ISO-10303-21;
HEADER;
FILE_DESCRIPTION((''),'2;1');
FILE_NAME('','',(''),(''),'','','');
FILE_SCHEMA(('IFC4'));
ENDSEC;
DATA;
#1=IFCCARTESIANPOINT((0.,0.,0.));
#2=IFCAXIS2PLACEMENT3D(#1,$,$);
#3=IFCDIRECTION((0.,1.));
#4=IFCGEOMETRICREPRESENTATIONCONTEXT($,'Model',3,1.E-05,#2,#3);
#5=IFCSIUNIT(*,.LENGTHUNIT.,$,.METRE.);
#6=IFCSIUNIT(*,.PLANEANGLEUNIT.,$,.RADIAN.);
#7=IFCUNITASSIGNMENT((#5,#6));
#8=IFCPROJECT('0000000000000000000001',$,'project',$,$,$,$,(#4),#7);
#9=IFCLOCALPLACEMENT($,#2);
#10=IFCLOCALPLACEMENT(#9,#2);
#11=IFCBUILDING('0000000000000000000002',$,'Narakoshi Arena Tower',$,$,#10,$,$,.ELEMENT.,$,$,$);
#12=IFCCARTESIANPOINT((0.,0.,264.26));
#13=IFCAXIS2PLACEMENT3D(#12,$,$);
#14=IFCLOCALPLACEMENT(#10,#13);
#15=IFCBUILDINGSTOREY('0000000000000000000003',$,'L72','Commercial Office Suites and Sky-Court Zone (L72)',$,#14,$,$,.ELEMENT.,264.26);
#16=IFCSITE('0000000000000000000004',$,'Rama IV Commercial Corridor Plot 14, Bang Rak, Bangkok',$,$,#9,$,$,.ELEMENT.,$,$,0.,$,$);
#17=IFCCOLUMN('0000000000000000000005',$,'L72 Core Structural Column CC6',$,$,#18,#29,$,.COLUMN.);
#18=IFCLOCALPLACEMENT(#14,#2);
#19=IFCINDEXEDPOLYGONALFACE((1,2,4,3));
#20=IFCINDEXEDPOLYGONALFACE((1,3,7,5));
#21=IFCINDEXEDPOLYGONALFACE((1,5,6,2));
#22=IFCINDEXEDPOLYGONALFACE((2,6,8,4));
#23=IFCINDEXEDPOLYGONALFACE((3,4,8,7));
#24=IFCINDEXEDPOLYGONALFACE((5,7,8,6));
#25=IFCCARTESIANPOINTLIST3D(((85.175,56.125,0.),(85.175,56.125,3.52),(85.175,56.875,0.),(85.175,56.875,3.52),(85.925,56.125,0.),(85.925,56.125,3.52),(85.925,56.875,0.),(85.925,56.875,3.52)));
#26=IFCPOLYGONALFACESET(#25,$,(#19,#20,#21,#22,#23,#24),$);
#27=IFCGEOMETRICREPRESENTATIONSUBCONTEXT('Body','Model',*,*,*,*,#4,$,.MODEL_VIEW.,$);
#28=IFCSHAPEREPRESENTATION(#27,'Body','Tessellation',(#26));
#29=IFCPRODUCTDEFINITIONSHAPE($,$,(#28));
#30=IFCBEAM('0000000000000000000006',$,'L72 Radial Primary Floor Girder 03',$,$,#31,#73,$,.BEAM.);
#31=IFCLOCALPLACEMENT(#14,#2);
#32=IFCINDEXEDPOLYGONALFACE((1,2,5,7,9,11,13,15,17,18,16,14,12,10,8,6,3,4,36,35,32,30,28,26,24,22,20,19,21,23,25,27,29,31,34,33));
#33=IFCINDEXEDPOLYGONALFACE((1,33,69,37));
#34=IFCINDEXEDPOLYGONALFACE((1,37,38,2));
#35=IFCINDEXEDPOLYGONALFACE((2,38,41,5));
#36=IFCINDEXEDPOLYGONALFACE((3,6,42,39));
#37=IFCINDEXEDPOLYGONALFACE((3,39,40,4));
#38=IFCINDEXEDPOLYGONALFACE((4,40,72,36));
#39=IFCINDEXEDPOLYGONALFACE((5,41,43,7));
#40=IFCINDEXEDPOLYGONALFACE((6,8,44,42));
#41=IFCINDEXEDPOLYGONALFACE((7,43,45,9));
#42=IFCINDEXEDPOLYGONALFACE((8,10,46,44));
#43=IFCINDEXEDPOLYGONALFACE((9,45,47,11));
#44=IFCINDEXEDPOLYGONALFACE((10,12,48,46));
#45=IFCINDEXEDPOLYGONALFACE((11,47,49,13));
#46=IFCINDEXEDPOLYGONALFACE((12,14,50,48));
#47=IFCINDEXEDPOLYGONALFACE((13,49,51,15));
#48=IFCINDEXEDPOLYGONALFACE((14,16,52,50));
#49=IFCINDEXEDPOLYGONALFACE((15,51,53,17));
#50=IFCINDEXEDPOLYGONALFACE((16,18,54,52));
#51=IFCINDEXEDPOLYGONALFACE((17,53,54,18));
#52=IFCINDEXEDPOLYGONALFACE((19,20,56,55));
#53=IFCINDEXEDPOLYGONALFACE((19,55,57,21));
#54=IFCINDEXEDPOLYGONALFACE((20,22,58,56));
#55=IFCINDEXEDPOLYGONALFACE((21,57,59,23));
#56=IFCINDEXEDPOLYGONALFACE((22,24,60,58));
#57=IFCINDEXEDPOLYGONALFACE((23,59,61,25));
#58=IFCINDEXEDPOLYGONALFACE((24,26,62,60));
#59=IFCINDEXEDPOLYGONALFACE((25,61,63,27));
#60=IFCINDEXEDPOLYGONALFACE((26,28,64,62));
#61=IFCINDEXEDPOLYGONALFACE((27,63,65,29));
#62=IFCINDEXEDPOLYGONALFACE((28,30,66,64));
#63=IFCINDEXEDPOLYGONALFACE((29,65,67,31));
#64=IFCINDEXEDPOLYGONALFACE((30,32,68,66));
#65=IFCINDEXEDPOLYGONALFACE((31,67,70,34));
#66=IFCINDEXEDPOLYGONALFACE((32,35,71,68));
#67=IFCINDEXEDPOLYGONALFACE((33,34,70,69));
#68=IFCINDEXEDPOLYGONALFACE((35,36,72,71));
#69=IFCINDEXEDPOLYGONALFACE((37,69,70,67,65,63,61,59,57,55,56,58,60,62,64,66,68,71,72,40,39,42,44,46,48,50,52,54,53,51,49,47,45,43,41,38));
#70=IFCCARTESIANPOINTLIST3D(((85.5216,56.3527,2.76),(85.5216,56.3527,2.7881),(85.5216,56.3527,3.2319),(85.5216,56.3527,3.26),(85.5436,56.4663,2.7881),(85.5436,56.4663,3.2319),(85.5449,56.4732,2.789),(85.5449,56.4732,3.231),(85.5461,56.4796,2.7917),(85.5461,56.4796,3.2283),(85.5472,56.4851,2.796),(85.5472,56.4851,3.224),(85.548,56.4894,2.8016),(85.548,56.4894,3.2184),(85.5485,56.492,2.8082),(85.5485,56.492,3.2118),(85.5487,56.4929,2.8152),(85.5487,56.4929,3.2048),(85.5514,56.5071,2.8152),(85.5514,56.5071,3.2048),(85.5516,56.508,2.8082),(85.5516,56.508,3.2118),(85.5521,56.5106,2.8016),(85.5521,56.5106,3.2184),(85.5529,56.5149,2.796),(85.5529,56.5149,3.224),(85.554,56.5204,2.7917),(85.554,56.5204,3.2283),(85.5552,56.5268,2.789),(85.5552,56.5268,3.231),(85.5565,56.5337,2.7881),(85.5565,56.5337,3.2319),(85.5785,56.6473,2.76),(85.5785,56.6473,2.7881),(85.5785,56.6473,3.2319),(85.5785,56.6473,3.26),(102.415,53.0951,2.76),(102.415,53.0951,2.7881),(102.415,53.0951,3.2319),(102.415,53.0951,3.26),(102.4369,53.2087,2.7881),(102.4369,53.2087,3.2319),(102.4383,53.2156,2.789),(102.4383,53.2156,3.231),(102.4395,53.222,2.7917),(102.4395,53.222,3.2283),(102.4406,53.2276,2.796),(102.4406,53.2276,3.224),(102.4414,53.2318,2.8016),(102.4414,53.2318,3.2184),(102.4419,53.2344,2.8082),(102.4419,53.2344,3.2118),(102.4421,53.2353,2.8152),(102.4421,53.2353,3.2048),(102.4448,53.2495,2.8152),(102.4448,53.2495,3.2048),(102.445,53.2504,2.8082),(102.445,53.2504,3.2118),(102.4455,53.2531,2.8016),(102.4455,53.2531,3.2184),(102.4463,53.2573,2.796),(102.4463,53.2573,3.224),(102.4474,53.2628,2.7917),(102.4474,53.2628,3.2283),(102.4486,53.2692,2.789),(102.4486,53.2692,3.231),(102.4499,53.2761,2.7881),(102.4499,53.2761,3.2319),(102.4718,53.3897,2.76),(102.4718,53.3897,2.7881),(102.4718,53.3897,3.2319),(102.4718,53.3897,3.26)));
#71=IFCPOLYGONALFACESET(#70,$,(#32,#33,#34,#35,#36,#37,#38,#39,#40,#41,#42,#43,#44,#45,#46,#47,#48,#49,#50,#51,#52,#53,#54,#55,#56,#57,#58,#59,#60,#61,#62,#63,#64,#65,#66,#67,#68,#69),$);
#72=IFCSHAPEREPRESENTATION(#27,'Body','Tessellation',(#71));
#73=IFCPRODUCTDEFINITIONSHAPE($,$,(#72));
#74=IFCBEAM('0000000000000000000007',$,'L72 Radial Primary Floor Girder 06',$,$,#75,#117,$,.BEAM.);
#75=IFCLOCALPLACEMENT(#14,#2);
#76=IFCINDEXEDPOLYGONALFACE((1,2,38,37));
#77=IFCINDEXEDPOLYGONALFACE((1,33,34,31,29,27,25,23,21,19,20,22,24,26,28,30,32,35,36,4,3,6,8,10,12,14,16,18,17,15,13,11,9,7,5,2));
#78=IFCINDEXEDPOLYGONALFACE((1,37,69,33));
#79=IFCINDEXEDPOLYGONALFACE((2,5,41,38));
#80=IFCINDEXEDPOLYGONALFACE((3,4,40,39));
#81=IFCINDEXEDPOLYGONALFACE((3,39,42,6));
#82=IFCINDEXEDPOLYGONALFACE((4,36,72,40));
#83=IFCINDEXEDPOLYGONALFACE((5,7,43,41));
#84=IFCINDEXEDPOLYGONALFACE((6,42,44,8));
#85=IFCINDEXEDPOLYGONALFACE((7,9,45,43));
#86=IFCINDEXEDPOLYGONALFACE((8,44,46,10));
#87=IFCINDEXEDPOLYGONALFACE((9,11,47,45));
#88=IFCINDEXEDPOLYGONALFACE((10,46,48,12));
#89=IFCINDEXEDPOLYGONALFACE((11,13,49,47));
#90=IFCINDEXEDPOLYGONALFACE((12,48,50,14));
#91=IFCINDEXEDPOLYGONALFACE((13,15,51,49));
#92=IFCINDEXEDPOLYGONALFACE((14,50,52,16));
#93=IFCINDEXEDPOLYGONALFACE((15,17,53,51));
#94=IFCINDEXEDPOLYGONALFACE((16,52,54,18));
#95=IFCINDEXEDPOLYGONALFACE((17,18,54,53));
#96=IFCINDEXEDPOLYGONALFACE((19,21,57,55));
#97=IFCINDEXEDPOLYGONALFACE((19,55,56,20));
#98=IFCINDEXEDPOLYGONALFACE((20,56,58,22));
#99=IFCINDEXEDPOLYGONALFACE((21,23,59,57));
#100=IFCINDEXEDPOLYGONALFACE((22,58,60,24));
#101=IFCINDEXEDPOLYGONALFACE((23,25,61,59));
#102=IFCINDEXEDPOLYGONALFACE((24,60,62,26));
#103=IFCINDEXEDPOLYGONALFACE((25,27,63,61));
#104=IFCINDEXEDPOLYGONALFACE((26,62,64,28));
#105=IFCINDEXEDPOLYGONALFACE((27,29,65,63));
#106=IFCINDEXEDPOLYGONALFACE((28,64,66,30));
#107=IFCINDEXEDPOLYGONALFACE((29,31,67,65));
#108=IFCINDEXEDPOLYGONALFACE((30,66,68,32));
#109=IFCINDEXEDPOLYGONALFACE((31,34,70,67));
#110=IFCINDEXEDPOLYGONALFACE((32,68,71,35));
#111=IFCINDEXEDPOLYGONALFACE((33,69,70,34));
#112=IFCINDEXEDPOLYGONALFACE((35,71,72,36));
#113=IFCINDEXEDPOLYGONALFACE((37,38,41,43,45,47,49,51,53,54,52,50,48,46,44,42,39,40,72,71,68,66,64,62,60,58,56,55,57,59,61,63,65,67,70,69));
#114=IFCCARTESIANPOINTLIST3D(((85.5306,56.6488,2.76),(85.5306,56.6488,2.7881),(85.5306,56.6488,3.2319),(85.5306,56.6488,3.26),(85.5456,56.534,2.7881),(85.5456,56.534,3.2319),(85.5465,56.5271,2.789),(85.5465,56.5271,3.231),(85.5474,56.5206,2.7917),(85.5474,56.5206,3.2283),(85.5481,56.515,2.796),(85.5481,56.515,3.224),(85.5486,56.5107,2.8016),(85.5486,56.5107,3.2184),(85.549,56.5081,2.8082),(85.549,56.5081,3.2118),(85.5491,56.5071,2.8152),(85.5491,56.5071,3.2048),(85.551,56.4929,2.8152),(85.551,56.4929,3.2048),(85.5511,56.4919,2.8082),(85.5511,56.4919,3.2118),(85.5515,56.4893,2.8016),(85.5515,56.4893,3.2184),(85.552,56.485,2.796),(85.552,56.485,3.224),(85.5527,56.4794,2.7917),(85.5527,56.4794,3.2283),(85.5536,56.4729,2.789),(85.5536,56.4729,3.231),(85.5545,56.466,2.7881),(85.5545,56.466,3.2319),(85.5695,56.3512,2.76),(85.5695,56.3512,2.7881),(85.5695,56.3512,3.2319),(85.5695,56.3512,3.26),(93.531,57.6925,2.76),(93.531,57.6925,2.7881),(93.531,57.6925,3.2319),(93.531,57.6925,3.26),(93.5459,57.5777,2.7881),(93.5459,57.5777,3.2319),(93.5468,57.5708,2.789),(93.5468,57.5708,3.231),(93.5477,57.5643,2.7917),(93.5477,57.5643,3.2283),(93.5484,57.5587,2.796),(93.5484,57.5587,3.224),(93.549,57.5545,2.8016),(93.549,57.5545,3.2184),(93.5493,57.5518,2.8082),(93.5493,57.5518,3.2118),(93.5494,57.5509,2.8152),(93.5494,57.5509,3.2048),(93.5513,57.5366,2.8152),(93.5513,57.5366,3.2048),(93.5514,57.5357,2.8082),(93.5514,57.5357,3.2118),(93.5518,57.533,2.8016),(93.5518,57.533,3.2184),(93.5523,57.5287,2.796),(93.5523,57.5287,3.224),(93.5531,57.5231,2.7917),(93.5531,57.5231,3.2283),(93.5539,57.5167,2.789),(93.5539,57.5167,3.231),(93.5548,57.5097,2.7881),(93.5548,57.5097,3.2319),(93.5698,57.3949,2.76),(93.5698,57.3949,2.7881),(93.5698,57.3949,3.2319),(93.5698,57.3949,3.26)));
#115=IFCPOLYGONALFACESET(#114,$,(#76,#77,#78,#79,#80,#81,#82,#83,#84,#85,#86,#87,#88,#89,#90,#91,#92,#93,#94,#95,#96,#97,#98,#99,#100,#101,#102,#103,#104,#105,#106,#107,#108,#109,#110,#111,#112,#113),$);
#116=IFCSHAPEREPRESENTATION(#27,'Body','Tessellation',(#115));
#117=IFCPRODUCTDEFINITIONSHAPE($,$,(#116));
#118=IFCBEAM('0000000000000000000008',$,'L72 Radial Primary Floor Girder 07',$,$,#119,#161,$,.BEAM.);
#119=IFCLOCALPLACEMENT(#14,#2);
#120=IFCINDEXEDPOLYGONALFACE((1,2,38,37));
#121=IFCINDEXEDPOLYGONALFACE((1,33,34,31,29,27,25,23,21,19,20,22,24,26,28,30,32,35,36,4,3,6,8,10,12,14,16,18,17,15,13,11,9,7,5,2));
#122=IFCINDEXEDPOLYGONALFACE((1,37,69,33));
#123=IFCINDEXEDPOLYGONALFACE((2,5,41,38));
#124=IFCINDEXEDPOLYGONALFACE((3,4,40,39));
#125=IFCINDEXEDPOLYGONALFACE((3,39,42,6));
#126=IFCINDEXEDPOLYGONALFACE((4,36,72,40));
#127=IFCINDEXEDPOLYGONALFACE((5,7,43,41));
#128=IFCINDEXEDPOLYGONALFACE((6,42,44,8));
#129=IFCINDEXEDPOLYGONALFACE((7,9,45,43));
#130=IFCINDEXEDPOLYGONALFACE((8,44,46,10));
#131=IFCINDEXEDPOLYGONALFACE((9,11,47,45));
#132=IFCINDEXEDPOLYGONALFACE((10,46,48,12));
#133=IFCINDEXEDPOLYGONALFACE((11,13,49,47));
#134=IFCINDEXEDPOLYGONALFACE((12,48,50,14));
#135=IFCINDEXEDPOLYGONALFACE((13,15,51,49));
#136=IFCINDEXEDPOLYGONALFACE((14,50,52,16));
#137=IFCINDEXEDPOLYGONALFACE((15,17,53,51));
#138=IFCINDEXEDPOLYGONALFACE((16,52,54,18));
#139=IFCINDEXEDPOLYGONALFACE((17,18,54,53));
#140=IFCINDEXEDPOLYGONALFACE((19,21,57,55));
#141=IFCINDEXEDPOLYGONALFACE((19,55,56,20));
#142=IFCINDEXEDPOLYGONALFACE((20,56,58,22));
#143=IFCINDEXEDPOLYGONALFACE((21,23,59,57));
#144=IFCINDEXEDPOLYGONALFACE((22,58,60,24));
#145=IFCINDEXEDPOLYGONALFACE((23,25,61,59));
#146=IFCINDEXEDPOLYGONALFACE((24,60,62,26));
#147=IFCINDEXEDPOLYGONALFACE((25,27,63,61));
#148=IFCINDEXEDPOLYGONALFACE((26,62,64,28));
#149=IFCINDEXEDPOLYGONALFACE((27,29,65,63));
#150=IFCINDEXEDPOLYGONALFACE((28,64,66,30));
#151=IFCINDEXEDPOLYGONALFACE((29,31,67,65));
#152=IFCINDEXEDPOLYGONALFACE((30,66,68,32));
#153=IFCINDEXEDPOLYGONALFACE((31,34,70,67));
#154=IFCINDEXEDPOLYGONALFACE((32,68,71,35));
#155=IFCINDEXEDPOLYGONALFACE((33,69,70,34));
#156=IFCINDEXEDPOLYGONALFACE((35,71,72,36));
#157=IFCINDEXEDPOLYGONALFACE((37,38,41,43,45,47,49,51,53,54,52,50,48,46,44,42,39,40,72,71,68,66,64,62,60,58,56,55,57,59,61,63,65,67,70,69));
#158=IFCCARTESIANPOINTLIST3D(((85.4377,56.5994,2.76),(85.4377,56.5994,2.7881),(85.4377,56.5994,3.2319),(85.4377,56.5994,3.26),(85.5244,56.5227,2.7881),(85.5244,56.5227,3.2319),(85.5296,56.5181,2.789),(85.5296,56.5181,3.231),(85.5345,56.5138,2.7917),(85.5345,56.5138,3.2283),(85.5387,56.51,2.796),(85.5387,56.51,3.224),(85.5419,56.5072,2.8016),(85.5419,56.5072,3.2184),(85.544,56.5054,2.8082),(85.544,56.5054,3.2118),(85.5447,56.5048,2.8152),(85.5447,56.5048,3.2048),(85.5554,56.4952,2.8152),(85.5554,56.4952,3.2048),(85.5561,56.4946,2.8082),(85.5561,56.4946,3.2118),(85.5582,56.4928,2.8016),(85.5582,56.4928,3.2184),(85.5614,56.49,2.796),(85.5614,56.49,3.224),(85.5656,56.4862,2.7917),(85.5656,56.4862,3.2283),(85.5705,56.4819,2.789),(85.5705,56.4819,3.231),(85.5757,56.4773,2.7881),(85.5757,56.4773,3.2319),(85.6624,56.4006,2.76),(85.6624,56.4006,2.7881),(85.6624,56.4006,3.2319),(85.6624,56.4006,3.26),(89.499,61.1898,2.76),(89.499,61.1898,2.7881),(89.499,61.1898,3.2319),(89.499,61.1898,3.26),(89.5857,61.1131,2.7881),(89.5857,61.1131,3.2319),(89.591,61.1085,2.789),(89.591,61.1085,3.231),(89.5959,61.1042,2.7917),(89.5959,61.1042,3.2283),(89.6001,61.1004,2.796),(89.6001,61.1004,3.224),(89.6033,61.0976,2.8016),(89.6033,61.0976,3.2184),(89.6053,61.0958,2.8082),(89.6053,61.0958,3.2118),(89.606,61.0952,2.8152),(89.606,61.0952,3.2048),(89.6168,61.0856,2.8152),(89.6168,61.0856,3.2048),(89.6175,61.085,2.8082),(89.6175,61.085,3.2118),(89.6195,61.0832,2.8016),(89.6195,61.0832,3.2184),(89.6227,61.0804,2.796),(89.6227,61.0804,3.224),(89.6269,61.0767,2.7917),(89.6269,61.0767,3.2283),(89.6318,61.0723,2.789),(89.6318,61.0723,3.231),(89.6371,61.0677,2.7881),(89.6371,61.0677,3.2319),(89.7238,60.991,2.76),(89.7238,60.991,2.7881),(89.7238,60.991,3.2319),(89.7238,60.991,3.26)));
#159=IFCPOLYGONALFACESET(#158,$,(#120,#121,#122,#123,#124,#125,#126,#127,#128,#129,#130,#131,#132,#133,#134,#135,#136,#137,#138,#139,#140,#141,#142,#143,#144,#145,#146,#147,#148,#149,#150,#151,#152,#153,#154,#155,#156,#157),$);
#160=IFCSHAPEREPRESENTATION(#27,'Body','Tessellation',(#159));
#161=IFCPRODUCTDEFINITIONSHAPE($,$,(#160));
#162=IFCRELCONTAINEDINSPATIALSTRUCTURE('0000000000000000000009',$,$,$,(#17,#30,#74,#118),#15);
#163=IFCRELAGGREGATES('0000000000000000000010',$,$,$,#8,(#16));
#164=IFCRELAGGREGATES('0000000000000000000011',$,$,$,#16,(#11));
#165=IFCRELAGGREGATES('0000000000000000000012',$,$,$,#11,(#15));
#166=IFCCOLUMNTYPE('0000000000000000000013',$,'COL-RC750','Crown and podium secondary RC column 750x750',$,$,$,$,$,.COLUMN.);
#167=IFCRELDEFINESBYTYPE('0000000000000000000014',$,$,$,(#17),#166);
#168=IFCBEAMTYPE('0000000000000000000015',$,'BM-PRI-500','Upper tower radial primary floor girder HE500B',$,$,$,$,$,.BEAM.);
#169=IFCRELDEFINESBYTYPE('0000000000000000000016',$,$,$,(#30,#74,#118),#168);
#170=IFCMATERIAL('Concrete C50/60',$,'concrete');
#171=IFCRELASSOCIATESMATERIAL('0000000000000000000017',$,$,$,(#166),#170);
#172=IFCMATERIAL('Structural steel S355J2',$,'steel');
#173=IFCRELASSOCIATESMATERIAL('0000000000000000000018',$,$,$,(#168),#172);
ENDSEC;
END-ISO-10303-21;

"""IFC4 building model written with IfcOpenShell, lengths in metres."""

from ifc_helpers import new_model, si_unit, direction, frame, origin, origin_2d, place, context, subcontext, project, spatial, rectangle, i_section, extrude, material, material_profile, profile_set, type_object, element, save


model = new_model("IFC4")

# Units and contexts
model_context = context("Model", 3, precision=1e-05, world=origin(), true_north=direction((0.0, 1.0)))
body_context = subcontext(model_context, "Body", "Model", "MODEL_VIEW")
ifc_project = project(units=[si_unit("LENGTHUNIT", "METRE"), si_unit("PLANEANGLEUNIT", "RADIAN")], contexts=[model_context])

# Site, building, storey
site_placement = place(None, origin())
site = spatial("IfcSite", under=ifc_project, at=site_placement, Name="Rama IV Commercial Corridor Plot 14, Bang Rak, Bangkok", CompositionType="ELEMENT", RefElevation=0.0)
building_placement = place(site_placement, origin())
building = spatial("IfcBuilding", under=site, at=building_placement, Name="Narakoshi Arena Tower", CompositionType="ELEMENT")
storey_placement = place(building_placement, frame((0.0, 0.0, 264.26)))
storey = spatial("IfcBuildingStorey", under=building, at=storey_placement, Name="L72", Description="Commercial Office Suites and Sky-Court Zone (L72)", CompositionType="ELEMENT", Elevation=264.26)

# Column
ifc_material_1 = material(Name="Concrete C50/60", Category="concrete")
ifc_material_profile_1 = material_profile(ifc_material_1, rectangle(XDim=0.75, YDim=0.75, at=origin_2d()), Name="RC750x750")
ifc_profile_set_1 = profile_set([ifc_material_profile_1], Name="Concrete C50/60")
column_type = type_object("IfcColumnType", Name="COL-RC750", Description="Crown and podium secondary RC column 750x750", PredefinedType="COLUMN", material=ifc_profile_set_1)
column_placement = place(storey_placement, frame((85.55, 56.5, 0.0), z_axis=(0.0, 0.0, 1.0), x_axis=(1.0, 0.0, 0.0)))
element("IfcColumn", 1, at=column_placement, inside=storey, type_object=column_type, Name="L72 Core Structural Column CC6", PredefinedType="COLUMN", context=body_context, shape_type="SweptSolid", body=[
    extrude(rectangle(XDim=0.75, YDim=0.75, at=origin_2d()), origin(), (0.0, 0.0, 1.0), 3.52),
])

# Beams
ifc_material_2 = material(Name="Structural steel S355J2", Category="steel")
ifc_material_profile_2 = material_profile(ifc_material_2, i_section(OverallWidth=0.3, OverallDepth=0.5, WebThickness=0.0144, FlangeThickness=0.0281, FilletRadius=0.0271, at=origin_2d()), Name="HE500B")
ifc_profile_set_2 = profile_set([ifc_material_profile_2], Name="Structural steel S355J2")
beam_type = type_object("IfcBeamType", Name="BM-PRI-500", Description="Upper tower radial primary floor girder HE500B", PredefinedType="BEAM", material=ifc_profile_set_2)
beam_1_placement = place(storey_placement, frame((85.55, 56.5, 3.01), z_axis=(0.981911, -0.189344, 0.0), x_axis=(0.189344, 0.981911, 0.0)))
element("IfcBeam", 2, at=beam_1_placement, inside=storey, type_object=beam_type, Name="L72 Radial Primary Floor Girder 03", PredefinedType="BEAM", context=body_context, shape_type="SweptSolid", body=[
    extrude(i_section(OverallWidth=0.3, OverallDepth=0.5, WebThickness=0.0144, FlangeThickness=0.0281, FilletRadius=0.0271, at=origin_2d()), origin(), (0.0, 0.0, 1.0), 17.2046),
])
beam_2_placement = place(storey_placement, frame((85.55, 56.5, 3.01), z_axis=(0.991597, 0.129362, 0.0), x_axis=(-0.129362, 0.991597, 0.0)))
element("IfcBeam", 3, at=beam_2_placement, inside=storey, type_object=beam_type, Name="L72 Radial Primary Floor Girder 06", PredefinedType="BEAM", context=body_context, shape_type="SweptSolid", body=[
    extrude(i_section(OverallWidth=0.3, OverallDepth=0.5, WebThickness=0.0144, FlangeThickness=0.0281, FilletRadius=0.0271, at=origin_2d()), origin(), (0.0, 0.0, 1.0), 8.0681),
])
beam_3_placement = place(storey_placement, frame((85.55, 56.5, 3.01), z_axis=(0.662629, 0.748948, 0.0), x_axis=(-0.748948, 0.662629, 0.0)))
element("IfcBeam", 4, at=beam_3_placement, inside=storey, type_object=beam_type, Name="L72 Radial Primary Floor Girder 07", PredefinedType="BEAM", context=body_context, shape_type="SweptSolid", body=[
    extrude(i_section(OverallWidth=0.3, OverallDepth=0.5, WebThickness=0.0144, FlangeThickness=0.0281, FilletRadius=0.0271, at=origin_2d()), origin(), (0.0, 0.0, 1.0), 6.1292),
])

save(model, "model.ifc")
